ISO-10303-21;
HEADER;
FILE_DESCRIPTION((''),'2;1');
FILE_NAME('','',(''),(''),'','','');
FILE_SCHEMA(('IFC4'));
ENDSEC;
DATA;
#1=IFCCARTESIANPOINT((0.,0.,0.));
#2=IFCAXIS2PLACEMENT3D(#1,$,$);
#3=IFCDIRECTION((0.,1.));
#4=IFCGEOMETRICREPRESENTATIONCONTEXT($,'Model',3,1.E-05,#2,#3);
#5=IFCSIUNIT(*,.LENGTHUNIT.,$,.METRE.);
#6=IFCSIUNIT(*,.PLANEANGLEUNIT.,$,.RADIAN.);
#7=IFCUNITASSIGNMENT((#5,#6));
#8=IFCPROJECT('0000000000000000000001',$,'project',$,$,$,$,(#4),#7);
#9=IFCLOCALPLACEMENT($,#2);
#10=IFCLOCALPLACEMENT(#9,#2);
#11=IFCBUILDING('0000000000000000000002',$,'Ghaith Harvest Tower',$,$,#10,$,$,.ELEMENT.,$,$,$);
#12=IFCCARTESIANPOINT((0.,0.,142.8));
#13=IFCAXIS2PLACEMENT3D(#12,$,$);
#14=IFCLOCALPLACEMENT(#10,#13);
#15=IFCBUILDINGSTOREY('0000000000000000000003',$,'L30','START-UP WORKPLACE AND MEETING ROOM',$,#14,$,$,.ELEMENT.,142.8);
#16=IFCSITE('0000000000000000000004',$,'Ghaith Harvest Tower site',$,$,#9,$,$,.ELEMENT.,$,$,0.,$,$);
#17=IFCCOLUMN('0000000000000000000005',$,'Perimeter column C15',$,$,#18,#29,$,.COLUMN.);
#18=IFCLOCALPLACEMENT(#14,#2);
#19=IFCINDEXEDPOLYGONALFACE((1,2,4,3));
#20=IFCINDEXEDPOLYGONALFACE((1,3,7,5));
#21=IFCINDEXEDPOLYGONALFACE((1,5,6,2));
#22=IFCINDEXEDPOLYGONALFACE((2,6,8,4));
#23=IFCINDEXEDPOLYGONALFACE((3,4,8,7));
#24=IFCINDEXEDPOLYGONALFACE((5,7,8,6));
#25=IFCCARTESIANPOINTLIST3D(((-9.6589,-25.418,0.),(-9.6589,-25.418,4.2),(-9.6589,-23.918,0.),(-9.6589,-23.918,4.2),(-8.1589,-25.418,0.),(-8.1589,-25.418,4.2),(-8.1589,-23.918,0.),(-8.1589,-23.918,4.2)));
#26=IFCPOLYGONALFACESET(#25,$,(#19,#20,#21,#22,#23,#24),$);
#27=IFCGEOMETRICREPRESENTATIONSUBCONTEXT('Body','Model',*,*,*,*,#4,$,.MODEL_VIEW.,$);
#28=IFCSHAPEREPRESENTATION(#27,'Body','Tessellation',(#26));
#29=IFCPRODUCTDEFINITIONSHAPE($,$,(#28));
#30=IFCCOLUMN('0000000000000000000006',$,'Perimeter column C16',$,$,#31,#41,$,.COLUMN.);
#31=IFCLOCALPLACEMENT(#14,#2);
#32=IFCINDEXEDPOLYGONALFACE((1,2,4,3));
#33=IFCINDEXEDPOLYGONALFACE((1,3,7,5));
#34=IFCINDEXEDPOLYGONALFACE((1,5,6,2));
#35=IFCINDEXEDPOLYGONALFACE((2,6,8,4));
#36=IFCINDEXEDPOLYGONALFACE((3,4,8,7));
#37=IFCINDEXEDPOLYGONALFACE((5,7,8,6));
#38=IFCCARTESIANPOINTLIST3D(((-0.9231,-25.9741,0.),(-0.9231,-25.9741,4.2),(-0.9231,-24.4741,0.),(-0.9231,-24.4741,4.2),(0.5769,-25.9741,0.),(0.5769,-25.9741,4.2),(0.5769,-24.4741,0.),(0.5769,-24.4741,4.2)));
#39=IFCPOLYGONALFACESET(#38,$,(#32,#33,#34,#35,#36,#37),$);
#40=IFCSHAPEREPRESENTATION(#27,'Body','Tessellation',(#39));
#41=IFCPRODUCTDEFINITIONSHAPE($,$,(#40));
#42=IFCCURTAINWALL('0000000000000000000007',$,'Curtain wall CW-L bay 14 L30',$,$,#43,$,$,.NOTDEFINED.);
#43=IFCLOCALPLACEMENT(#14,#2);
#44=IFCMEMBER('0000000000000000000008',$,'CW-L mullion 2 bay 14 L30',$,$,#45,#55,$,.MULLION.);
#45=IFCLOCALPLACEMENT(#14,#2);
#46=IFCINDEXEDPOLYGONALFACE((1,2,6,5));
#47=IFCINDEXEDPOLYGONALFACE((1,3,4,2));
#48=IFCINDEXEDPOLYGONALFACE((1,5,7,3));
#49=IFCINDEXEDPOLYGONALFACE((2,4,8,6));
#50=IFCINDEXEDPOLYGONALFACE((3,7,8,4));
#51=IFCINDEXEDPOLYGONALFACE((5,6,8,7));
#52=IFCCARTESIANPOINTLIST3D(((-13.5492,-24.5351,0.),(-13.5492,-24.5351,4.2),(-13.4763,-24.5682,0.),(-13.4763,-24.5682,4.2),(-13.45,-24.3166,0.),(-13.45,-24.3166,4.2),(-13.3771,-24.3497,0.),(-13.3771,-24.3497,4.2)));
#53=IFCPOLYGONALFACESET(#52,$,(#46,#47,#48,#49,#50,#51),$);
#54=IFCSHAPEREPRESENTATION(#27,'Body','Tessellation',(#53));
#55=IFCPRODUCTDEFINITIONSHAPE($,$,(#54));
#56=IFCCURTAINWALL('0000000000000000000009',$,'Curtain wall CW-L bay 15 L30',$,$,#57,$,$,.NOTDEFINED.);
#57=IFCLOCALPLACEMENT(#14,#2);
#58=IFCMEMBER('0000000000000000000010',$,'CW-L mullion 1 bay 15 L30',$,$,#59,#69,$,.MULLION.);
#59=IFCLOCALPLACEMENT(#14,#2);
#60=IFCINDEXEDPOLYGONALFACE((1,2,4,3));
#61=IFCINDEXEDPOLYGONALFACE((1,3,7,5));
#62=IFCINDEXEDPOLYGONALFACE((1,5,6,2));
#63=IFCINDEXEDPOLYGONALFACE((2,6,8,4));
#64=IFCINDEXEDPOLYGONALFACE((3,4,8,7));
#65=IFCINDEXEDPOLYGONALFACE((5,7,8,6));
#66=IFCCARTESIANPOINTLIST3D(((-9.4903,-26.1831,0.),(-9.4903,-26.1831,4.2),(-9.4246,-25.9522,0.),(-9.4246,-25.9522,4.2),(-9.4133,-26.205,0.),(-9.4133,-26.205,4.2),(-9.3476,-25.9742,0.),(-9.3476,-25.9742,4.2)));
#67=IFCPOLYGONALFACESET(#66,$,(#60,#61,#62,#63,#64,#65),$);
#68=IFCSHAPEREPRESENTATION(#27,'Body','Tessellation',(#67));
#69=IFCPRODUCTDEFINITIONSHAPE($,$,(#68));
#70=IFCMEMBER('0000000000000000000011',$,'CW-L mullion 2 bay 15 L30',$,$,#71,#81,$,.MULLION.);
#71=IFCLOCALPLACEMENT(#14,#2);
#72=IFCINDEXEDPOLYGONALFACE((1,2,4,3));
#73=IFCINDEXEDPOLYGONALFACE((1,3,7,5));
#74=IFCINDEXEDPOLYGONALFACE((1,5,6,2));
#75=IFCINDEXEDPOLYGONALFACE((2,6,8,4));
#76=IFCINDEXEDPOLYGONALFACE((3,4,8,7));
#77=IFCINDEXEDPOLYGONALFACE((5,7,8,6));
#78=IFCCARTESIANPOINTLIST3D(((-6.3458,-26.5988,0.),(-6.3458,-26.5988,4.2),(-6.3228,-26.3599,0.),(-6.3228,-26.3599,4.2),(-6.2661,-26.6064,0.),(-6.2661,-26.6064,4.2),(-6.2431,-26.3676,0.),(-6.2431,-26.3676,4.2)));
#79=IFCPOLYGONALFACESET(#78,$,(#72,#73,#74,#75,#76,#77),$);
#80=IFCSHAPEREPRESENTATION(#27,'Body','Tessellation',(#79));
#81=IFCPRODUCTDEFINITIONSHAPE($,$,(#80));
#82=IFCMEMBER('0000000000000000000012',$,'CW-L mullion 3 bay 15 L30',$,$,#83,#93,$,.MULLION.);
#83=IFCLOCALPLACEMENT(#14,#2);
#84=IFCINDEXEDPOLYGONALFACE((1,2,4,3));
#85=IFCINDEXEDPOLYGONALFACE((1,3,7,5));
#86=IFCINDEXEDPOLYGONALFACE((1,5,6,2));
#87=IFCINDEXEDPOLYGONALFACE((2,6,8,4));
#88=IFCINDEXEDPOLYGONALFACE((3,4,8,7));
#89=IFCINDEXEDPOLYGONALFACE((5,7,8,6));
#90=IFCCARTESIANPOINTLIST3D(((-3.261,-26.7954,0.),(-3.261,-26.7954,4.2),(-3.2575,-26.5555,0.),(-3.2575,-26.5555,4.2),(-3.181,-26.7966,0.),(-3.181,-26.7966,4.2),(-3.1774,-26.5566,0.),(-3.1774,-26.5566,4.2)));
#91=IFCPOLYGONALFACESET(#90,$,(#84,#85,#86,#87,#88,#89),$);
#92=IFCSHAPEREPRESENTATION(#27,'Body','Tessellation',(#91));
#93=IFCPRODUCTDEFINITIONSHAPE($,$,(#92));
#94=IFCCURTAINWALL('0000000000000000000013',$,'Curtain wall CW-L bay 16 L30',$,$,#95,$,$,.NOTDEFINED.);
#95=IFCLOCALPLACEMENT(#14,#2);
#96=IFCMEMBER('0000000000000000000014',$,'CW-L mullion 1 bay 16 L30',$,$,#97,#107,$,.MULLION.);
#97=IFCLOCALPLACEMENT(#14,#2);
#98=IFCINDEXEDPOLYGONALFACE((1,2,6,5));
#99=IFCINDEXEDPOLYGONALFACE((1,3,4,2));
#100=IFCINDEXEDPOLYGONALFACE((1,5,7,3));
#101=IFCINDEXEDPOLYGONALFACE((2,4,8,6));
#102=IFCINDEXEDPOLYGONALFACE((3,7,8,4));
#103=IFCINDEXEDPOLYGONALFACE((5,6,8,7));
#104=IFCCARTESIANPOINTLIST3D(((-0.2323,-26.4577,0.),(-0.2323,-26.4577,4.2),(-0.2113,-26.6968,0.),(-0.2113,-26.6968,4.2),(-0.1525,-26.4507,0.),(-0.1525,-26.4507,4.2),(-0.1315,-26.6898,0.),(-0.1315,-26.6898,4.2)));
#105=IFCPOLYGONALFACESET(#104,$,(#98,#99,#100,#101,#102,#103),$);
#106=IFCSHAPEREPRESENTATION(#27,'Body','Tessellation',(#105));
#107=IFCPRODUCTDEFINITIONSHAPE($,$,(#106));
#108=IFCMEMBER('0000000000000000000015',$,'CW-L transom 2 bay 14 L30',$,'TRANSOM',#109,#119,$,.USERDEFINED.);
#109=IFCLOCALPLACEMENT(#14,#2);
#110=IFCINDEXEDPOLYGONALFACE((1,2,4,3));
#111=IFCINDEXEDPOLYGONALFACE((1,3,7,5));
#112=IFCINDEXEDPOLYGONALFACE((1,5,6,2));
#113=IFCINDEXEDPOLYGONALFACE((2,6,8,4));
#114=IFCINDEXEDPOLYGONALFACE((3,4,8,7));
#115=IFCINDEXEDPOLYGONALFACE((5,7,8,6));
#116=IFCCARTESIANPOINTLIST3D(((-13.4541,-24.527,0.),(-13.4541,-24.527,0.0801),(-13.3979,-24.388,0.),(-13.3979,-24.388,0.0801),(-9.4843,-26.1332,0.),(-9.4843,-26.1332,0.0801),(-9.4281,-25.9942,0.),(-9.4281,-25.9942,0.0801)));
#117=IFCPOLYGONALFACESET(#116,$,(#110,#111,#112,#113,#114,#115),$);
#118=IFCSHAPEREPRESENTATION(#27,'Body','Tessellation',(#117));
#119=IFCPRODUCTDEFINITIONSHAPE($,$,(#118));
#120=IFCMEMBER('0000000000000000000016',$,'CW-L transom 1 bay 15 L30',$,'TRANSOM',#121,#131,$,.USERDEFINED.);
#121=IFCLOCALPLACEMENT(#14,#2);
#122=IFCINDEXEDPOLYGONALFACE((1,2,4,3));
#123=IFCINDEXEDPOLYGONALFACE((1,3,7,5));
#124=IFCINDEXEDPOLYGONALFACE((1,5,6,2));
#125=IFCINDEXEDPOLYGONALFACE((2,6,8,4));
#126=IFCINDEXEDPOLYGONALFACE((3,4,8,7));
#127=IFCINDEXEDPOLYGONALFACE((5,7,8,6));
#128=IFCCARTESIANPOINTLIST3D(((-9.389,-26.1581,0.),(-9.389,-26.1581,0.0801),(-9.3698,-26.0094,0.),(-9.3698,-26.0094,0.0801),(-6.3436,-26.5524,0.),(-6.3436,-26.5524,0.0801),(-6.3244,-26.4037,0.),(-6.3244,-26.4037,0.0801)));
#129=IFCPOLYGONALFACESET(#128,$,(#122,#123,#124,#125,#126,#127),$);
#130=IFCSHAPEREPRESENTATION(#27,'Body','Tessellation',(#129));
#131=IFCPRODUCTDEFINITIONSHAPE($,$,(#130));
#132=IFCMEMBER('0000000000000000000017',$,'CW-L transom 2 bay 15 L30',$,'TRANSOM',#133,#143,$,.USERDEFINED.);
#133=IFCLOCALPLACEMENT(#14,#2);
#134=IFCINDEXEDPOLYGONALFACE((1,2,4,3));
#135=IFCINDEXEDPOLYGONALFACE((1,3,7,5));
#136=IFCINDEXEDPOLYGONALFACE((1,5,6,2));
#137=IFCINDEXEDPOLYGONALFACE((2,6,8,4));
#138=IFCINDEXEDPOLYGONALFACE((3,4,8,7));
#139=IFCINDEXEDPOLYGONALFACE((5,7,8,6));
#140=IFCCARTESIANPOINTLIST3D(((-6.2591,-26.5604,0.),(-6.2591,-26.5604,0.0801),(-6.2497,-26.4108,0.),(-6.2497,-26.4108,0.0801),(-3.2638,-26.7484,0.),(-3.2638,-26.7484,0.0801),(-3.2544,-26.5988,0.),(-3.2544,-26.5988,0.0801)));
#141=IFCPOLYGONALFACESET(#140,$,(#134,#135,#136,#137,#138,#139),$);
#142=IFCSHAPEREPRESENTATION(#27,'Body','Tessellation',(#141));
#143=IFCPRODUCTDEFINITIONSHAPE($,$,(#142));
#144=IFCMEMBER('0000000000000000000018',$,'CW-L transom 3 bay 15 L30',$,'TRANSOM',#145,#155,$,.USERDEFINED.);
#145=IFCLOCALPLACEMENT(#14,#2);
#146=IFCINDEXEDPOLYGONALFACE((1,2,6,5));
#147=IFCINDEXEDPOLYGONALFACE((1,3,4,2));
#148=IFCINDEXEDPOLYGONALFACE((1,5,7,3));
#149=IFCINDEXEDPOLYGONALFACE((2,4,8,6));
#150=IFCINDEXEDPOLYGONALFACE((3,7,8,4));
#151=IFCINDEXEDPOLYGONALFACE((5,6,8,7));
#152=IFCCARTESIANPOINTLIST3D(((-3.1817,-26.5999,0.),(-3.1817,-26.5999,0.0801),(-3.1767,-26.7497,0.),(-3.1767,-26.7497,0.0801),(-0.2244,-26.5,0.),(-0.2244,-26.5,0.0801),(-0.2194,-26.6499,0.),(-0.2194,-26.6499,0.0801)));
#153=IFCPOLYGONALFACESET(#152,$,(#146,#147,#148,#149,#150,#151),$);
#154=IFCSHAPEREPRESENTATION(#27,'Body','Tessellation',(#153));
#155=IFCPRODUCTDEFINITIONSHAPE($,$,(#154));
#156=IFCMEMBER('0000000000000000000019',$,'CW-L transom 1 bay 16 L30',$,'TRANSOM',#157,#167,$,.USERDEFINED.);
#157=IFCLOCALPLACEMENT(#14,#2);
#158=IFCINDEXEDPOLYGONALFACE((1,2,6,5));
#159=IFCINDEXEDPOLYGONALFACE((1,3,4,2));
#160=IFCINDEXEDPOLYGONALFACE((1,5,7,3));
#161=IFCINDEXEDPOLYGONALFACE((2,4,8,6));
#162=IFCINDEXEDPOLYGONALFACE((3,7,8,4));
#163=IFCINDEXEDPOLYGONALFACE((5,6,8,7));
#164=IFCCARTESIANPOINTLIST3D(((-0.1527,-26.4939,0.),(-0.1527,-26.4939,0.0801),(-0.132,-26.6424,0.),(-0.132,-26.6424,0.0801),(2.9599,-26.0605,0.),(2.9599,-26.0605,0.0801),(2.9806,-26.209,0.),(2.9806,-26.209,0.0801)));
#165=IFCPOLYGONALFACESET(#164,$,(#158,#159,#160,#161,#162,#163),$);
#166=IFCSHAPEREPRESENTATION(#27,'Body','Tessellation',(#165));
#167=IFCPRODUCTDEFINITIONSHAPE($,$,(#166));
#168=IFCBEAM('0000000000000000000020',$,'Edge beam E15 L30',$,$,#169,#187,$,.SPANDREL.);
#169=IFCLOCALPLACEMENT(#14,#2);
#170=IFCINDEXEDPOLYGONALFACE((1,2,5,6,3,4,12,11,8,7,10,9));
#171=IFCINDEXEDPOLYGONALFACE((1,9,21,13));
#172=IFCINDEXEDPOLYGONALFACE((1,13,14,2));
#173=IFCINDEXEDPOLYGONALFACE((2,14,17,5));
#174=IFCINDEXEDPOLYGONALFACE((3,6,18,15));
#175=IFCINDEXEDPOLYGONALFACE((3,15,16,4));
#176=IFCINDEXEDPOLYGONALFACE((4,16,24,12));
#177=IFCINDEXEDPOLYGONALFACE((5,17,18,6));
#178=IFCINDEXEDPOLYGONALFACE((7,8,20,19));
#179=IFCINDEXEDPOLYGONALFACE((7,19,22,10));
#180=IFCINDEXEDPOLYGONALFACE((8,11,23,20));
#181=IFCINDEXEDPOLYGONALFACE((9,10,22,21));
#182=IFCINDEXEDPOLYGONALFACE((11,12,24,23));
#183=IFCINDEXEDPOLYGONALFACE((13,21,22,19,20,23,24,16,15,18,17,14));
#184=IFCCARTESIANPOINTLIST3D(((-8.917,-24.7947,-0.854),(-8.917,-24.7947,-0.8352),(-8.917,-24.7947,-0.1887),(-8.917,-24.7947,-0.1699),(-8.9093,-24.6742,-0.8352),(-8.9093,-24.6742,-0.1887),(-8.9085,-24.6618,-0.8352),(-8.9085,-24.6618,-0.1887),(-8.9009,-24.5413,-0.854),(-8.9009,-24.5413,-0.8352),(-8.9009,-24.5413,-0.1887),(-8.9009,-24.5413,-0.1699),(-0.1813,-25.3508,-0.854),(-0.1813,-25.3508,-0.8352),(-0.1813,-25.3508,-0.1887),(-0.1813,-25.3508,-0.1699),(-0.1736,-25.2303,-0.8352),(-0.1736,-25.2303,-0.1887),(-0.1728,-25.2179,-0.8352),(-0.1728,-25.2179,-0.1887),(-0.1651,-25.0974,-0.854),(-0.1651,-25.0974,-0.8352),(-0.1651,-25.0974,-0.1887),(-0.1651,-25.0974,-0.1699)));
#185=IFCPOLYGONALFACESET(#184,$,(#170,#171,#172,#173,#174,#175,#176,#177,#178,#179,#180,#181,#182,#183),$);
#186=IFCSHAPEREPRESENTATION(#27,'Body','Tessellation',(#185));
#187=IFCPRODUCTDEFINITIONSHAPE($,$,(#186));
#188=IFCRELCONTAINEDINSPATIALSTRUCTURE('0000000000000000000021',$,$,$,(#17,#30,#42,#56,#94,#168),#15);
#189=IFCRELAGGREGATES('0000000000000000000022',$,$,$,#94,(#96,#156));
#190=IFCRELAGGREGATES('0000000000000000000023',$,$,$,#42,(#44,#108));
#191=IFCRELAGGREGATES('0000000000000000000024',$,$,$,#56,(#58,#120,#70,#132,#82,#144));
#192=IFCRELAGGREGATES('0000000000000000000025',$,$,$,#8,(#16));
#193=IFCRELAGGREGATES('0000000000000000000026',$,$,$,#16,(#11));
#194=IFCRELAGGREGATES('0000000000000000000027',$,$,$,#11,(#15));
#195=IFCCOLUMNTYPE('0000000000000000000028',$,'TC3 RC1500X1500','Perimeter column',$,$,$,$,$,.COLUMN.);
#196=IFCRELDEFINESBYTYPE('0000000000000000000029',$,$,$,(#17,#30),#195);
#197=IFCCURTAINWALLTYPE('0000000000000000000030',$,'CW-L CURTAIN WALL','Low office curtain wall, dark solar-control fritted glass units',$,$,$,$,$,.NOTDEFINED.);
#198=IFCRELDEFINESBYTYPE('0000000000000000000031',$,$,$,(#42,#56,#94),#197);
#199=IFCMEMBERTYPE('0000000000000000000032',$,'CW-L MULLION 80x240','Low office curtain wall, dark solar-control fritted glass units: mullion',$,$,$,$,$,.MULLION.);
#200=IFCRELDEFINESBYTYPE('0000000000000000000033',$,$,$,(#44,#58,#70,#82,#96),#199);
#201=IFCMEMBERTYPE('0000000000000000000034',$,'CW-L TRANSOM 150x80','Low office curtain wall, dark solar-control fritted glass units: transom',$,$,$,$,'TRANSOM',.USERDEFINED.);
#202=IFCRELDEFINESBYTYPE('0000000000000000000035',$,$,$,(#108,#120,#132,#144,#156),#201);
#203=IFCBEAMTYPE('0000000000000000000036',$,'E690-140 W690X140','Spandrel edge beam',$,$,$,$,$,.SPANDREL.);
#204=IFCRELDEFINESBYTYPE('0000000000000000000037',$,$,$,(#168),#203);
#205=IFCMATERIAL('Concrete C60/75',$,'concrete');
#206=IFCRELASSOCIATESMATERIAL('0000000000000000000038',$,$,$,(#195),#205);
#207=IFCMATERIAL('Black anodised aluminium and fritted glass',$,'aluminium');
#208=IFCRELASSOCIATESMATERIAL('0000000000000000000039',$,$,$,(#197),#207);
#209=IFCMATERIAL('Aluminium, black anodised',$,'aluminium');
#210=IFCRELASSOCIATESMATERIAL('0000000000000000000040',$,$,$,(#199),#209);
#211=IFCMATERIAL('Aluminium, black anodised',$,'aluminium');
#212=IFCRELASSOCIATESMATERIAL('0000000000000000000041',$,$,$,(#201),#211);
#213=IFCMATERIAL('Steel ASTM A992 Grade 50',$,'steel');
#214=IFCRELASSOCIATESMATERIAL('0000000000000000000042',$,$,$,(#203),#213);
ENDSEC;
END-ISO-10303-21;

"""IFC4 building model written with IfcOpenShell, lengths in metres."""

from ifc_helpers import new_model, si_unit, direction, frame, origin, origin_2d, place, context, subcontext, project, spatial, rectangle, i_section, extrude, material, material_profile, profile_set, type_object, element, aggregate, save


model = new_model("IFC4")

# Units and contexts
model_context = context("Model", 3, precision=1e-05, world=origin(), true_north=direction((0.0, 1.0)))
body_context = subcontext(model_context, "Body", "Model", "MODEL_VIEW")
ifc_project = project(units=[si_unit("LENGTHUNIT", "METRE"), si_unit("PLANEANGLEUNIT", "RADIAN")], contexts=[model_context])

# Site, building, storey
site_placement = place(None, origin())
site = spatial("IfcSite", under=ifc_project, at=site_placement, Name="Ghaith Harvest Tower site", CompositionType="ELEMENT", RefElevation=0.0)
building_placement = place(site_placement, origin())
building = spatial("IfcBuilding", under=site, at=building_placement, Name="Ghaith Harvest Tower", CompositionType="ELEMENT")
storey_placement = place(building_placement, frame((0.0, 0.0, 142.8)))
storey = spatial("IfcBuildingStorey", under=building, at=storey_placement, Name="L30", Description="START-UP WORKPLACE AND MEETING ROOM", CompositionType="ELEMENT", Elevation=142.8)

# Columns
ifc_material_1 = material(Name="Concrete C60/75", Category="concrete")
ifc_material_profile_1 = material_profile(ifc_material_1, rectangle(XDim=1.5, YDim=1.5, at=origin_2d()), Name="RC1500X1500")
ifc_profile_set_1 = profile_set([ifc_material_profile_1], Name="Concrete C60/75")
column_type = type_object("IfcColumnType", Name="TC3 RC1500X1500", Description="Perimeter column", PredefinedType="COLUMN", material=ifc_profile_set_1)
for number, where, z_axis, x_axis, name in (
    (1, (-8.9089, -24.668, 0.0), (0.0, 0.0, 1.0), (1.0, 0.0, 0.0), "Perimeter column C15"),
    (2, (-0.1731, -25.2241, 0.0), (0.0, 0.0, 1.0), (1.0, 0.0, 0.0), "Perimeter column C16"),
):
    element("IfcColumn", number, at=place(storey_placement, frame(where, z_axis=z_axis, x_axis=x_axis)), inside=storey, type_object=column_type, Name=name, PredefinedType="COLUMN", context=body_context, shape_type="SweptSolid", body=[
        extrude(rectangle(XDim=1.5, YDim=1.5, at=origin_2d()), origin(), (0.0, 0.0, 1.0), 4.2),
    ])

# Curtain wall, member
ifc_material_2 = material(Name="Black anodised aluminium and fritted glass", Category="aluminium")
curtain_wall_type = type_object("IfcCurtainWallType", Name="CW-L CURTAIN WALL", Description="Low office curtain wall, dark solar-control fritted glass units", PredefinedType="NOTDEFINED", material=ifc_material_2)
curtain_wall_1_placement = place(storey_placement, origin())
curtain_wall_1 = element("IfcCurtainWall", 3, at=curtain_wall_1_placement, inside=storey, type_object=curtain_wall_type, Name="Curtain wall CW-L bay 14 L30", PredefinedType="NOTDEFINED")
ifc_material_3 = material(Name="Aluminium, black anodised", Category="aluminium")
ifc_material_profile_2 = material_profile(ifc_material_3, rectangle(XDim=0.0801, YDim=0.24, at=origin_2d()), Name="CW-L MULLION 80x240")
ifc_profile_set_2 = profile_set([ifc_material_profile_2], Name="Aluminium, black anodised")
member_type_1 = type_object("IfcMemberType", Name="CW-L MULLION 80x240", Description="Low office curtain wall, dark solar-control fritted glass units: mullion", PredefinedType="MULLION", material=ifc_profile_set_2)
member_1_placement = place(storey_placement, frame((-13.4631, -24.4424, 0.0), z_axis=(0.0, 0.0, 1.0), x_axis=(0.910648, -0.413183, 0.0)))
member_1 = element("IfcMember", 4, at=member_1_placement, type_object=member_type_1, Name="CW-L mullion 2 bay 14 L30", PredefinedType="MULLION", context=body_context, shape_type="SweptSolid", body=[
    extrude(rectangle(XDim=0.0801, YDim=0.24, at=origin_2d()), origin(), (0.0, 0.0, 1.0), 4.2),
])

# Curtain wall, members
curtain_wall_2_placement = place(storey_placement, origin())
curtain_wall_2 = element("IfcCurtainWall", 5, at=curtain_wall_2_placement, inside=storey, type_object=curtain_wall_type, Name="Curtain wall CW-L bay 15 L30", PredefinedType="NOTDEFINED")
member_2_placement = place(storey_placement, frame((-9.4189, -26.0786, 0.0), z_axis=(0.0, 0.0, 1.0), x_axis=(0.961789, -0.273793, 0.0)))
member_2 = element("IfcMember", 6, at=member_2_placement, type_object=member_type_1, Name="CW-L mullion 1 bay 15 L30", PredefinedType="MULLION", context=body_context, shape_type="SweptSolid", body=[
    extrude(rectangle(XDim=0.0801, YDim=0.24, at=origin_2d()), origin(), (0.0, 0.0, 1.0), 4.2),
])
member_3_placement = place(storey_placement, frame((-6.2944, -26.4832, 0.0), z_axis=(0.0, 0.0, 1.0), x_axis=(0.995389, -0.095918, 0.0)))
member_3 = element("IfcMember", 7, at=member_3_placement, type_object=member_type_1, Name="CW-L mullion 2 bay 15 L30", PredefinedType="MULLION", context=body_context, shape_type="SweptSolid", body=[
    extrude(rectangle(XDim=0.0801, YDim=0.24, at=origin_2d()), origin(), (0.0, 0.0, 1.0), 4.2),
])
member_4_placement = place(storey_placement, frame((-3.2192, -26.676, 0.0), z_axis=(0.0, 0.0, 1.0), x_axis=(0.999891, -0.014796, 0.0)))
member_4 = element("IfcMember", 8, at=member_4_placement, type_object=member_type_1, Name="CW-L mullion 3 bay 15 L30", PredefinedType="MULLION", context=body_context, shape_type="SweptSolid", body=[
    extrude(rectangle(XDim=0.0801, YDim=0.24, at=origin_2d()), origin(), (0.0, 0.0, 1.0), 4.2),
])

# Curtain wall, member
curtain_wall_3_placement = place(storey_placement, origin())
curtain_wall_3 = element("IfcCurtainWall", 9, at=curtain_wall_3_placement, inside=storey, type_object=curtain_wall_type, Name="Curtain wall CW-L bay 16 L30", PredefinedType="NOTDEFINED")
member_5_placement = place(storey_placement, frame((-0.1819, -26.5737, 0.0), z_axis=(0.0, 0.0, 1.0), x_axis=(0.996169, 0.087446, 0.0)))
member_5 = element("IfcMember", 10, at=member_5_placement, type_object=member_type_1, Name="CW-L mullion 1 bay 16 L30", PredefinedType="MULLION", context=body_context, shape_type="SweptSolid", body=[
    extrude(rectangle(XDim=0.0801, YDim=0.24, at=origin_2d()), origin(), (0.0, 0.0, 1.0), 4.2),
])

# Members
ifc_material_4 = material(Name="Aluminium, black anodised", Category="aluminium")
ifc_material_profile_3 = material_profile(ifc_material_4, rectangle(XDim=0.1499, YDim=0.0801, at=origin_2d()), Name="CW-L TRANSOM 150x80")
ifc_profile_set_3 = profile_set([ifc_material_profile_3], Name="Aluminium, black anodised")
member_type_2 = type_object("IfcMemberType", Name="CW-L TRANSOM 150x80", Description="Low office curtain wall, dark solar-control fritted glass units: transom", ElementType="TRANSOM", PredefinedType="USERDEFINED", material=ifc_profile_set_3)
member_6_placement = place(storey_placement, frame((-13.426, -24.4575, 0.04), z_axis=(0.927003, -0.375054, 0.0), x_axis=(0.375054, 0.927003, 0.0)))
member_6 = element("IfcMember", 11, at=member_6_placement, type_object=member_type_2, Name="CW-L transom 2 bay 14 L30", ObjectType="TRANSOM", PredefinedType="USERDEFINED", context=body_context, shape_type="SweptSolid", body=[
    extrude(rectangle(XDim=0.1499, YDim=0.0801, at=origin_2d()), origin(), (0.0, 0.0, 1.0), 4.2825),
])
member_7_placement = place(storey_placement, frame((-9.3794, -26.0837, 0.04), z_axis=(0.991723, -0.128398, 0.0), x_axis=(0.128398, 0.991723, 0.0)))
member_7 = element("IfcMember", 12, at=member_7_placement, type_object=member_type_2, Name="CW-L transom 1 bay 15 L30", ObjectType="TRANSOM", PredefinedType="USERDEFINED", context=body_context, shape_type="SweptSolid", body=[
    extrude(rectangle(XDim=0.1499, YDim=0.0801, at=origin_2d()), origin(), (0.0, 0.0, 1.0), 3.0708),
])
member_8_placement = place(storey_placement, frame((-6.2544, -26.4856, 0.04), z_axis=(0.998036, -0.062637, 0.0), x_axis=(0.062637, 0.998036, 0.0)))
member_8 = element("IfcMember", 13, at=member_8_placement, type_object=member_type_2, Name="CW-L transom 2 bay 15 L30", ObjectType="TRANSOM", PredefinedType="USERDEFINED", context=body_context, shape_type="SweptSolid", body=[
    extrude(rectangle(XDim=0.1499, YDim=0.0801, at=origin_2d()), origin(), (0.0, 0.0, 1.0), 3.0012),
])
member_9_placement = place(storey_placement, frame((-3.1792, -26.6748, 0.04), z_axis=(0.99943, 0.033746, 0.0), x_axis=(-0.033746, 0.99943, 0.0)))
member_9 = element("IfcMember", 14, at=member_9_placement, type_object=member_type_2, Name="CW-L transom 3 bay 15 L30", ObjectType="TRANSOM", PredefinedType="USERDEFINED", context=body_context, shape_type="SweptSolid", body=[
    extrude(rectangle(XDim=0.1499, YDim=0.0801, at=origin_2d()), origin(), (0.0, 0.0, 1.0), 2.959),
])
member_10_placement = place(storey_placement, frame((-0.1423, -26.5681, 0.04), z_axis=(0.990447, 0.137897, 0.0), x_axis=(-0.137897, 0.990447, 0.0)))
member_10 = element("IfcMember", 15, at=member_10_placement, type_object=member_type_2, Name="CW-L transom 1 bay 16 L30", ObjectType="TRANSOM", PredefinedType="USERDEFINED", context=body_context, shape_type="SweptSolid", body=[
    extrude(rectangle(XDim=0.1499, YDim=0.0801, at=origin_2d()), origin(), (0.0, 0.0, 1.0), 3.1426),
])
aggregate(curtain_wall_3, [member_5, member_10])

# Beam
ifc_material_5 = material(Name="Steel ASTM A992 Grade 50", Category="steel")
ifc_material_profile_4 = material_profile(ifc_material_5, i_section(OverallWidth=0.2539, OverallDepth=0.6841, WebThickness=0.0125, FlangeThickness=0.0188, at=origin_2d()), Name="W690X140")
ifc_profile_set_4 = profile_set([ifc_material_profile_4], Name="Steel ASTM A992 Grade 50")
beam_type_1 = type_object("IfcBeamType", Name="E690-140 W690X140", Description="Spandrel edge beam", PredefinedType="SPANDREL", material=ifc_profile_set_4)
beam_1_placement = place(storey_placement, frame((-8.9089, -24.668, -0.512), z_axis=(0.99798, -0.063535, 0.0), x_axis=(0.063535, 0.99798, 0.0)))
element("IfcBeam", 16, at=beam_1_placement, inside=storey, type_object=beam_type_1, Name="Edge beam E15 L30", PredefinedType="SPANDREL", context=body_context, shape_type="SweptSolid", body=[
    extrude(i_section(OverallWidth=0.2539, OverallDepth=0.6841, WebThickness=0.0125, FlangeThickness=0.0188, at=origin_2d()), origin(), (0.0, 0.0, 1.0), 8.7534),
])

aggregate(curtain_wall_1, [member_1, member_6])
aggregate(curtain_wall_2, [member_2, member_7, member_3, member_8, member_4, member_9])

save(model, "model.ifc")
